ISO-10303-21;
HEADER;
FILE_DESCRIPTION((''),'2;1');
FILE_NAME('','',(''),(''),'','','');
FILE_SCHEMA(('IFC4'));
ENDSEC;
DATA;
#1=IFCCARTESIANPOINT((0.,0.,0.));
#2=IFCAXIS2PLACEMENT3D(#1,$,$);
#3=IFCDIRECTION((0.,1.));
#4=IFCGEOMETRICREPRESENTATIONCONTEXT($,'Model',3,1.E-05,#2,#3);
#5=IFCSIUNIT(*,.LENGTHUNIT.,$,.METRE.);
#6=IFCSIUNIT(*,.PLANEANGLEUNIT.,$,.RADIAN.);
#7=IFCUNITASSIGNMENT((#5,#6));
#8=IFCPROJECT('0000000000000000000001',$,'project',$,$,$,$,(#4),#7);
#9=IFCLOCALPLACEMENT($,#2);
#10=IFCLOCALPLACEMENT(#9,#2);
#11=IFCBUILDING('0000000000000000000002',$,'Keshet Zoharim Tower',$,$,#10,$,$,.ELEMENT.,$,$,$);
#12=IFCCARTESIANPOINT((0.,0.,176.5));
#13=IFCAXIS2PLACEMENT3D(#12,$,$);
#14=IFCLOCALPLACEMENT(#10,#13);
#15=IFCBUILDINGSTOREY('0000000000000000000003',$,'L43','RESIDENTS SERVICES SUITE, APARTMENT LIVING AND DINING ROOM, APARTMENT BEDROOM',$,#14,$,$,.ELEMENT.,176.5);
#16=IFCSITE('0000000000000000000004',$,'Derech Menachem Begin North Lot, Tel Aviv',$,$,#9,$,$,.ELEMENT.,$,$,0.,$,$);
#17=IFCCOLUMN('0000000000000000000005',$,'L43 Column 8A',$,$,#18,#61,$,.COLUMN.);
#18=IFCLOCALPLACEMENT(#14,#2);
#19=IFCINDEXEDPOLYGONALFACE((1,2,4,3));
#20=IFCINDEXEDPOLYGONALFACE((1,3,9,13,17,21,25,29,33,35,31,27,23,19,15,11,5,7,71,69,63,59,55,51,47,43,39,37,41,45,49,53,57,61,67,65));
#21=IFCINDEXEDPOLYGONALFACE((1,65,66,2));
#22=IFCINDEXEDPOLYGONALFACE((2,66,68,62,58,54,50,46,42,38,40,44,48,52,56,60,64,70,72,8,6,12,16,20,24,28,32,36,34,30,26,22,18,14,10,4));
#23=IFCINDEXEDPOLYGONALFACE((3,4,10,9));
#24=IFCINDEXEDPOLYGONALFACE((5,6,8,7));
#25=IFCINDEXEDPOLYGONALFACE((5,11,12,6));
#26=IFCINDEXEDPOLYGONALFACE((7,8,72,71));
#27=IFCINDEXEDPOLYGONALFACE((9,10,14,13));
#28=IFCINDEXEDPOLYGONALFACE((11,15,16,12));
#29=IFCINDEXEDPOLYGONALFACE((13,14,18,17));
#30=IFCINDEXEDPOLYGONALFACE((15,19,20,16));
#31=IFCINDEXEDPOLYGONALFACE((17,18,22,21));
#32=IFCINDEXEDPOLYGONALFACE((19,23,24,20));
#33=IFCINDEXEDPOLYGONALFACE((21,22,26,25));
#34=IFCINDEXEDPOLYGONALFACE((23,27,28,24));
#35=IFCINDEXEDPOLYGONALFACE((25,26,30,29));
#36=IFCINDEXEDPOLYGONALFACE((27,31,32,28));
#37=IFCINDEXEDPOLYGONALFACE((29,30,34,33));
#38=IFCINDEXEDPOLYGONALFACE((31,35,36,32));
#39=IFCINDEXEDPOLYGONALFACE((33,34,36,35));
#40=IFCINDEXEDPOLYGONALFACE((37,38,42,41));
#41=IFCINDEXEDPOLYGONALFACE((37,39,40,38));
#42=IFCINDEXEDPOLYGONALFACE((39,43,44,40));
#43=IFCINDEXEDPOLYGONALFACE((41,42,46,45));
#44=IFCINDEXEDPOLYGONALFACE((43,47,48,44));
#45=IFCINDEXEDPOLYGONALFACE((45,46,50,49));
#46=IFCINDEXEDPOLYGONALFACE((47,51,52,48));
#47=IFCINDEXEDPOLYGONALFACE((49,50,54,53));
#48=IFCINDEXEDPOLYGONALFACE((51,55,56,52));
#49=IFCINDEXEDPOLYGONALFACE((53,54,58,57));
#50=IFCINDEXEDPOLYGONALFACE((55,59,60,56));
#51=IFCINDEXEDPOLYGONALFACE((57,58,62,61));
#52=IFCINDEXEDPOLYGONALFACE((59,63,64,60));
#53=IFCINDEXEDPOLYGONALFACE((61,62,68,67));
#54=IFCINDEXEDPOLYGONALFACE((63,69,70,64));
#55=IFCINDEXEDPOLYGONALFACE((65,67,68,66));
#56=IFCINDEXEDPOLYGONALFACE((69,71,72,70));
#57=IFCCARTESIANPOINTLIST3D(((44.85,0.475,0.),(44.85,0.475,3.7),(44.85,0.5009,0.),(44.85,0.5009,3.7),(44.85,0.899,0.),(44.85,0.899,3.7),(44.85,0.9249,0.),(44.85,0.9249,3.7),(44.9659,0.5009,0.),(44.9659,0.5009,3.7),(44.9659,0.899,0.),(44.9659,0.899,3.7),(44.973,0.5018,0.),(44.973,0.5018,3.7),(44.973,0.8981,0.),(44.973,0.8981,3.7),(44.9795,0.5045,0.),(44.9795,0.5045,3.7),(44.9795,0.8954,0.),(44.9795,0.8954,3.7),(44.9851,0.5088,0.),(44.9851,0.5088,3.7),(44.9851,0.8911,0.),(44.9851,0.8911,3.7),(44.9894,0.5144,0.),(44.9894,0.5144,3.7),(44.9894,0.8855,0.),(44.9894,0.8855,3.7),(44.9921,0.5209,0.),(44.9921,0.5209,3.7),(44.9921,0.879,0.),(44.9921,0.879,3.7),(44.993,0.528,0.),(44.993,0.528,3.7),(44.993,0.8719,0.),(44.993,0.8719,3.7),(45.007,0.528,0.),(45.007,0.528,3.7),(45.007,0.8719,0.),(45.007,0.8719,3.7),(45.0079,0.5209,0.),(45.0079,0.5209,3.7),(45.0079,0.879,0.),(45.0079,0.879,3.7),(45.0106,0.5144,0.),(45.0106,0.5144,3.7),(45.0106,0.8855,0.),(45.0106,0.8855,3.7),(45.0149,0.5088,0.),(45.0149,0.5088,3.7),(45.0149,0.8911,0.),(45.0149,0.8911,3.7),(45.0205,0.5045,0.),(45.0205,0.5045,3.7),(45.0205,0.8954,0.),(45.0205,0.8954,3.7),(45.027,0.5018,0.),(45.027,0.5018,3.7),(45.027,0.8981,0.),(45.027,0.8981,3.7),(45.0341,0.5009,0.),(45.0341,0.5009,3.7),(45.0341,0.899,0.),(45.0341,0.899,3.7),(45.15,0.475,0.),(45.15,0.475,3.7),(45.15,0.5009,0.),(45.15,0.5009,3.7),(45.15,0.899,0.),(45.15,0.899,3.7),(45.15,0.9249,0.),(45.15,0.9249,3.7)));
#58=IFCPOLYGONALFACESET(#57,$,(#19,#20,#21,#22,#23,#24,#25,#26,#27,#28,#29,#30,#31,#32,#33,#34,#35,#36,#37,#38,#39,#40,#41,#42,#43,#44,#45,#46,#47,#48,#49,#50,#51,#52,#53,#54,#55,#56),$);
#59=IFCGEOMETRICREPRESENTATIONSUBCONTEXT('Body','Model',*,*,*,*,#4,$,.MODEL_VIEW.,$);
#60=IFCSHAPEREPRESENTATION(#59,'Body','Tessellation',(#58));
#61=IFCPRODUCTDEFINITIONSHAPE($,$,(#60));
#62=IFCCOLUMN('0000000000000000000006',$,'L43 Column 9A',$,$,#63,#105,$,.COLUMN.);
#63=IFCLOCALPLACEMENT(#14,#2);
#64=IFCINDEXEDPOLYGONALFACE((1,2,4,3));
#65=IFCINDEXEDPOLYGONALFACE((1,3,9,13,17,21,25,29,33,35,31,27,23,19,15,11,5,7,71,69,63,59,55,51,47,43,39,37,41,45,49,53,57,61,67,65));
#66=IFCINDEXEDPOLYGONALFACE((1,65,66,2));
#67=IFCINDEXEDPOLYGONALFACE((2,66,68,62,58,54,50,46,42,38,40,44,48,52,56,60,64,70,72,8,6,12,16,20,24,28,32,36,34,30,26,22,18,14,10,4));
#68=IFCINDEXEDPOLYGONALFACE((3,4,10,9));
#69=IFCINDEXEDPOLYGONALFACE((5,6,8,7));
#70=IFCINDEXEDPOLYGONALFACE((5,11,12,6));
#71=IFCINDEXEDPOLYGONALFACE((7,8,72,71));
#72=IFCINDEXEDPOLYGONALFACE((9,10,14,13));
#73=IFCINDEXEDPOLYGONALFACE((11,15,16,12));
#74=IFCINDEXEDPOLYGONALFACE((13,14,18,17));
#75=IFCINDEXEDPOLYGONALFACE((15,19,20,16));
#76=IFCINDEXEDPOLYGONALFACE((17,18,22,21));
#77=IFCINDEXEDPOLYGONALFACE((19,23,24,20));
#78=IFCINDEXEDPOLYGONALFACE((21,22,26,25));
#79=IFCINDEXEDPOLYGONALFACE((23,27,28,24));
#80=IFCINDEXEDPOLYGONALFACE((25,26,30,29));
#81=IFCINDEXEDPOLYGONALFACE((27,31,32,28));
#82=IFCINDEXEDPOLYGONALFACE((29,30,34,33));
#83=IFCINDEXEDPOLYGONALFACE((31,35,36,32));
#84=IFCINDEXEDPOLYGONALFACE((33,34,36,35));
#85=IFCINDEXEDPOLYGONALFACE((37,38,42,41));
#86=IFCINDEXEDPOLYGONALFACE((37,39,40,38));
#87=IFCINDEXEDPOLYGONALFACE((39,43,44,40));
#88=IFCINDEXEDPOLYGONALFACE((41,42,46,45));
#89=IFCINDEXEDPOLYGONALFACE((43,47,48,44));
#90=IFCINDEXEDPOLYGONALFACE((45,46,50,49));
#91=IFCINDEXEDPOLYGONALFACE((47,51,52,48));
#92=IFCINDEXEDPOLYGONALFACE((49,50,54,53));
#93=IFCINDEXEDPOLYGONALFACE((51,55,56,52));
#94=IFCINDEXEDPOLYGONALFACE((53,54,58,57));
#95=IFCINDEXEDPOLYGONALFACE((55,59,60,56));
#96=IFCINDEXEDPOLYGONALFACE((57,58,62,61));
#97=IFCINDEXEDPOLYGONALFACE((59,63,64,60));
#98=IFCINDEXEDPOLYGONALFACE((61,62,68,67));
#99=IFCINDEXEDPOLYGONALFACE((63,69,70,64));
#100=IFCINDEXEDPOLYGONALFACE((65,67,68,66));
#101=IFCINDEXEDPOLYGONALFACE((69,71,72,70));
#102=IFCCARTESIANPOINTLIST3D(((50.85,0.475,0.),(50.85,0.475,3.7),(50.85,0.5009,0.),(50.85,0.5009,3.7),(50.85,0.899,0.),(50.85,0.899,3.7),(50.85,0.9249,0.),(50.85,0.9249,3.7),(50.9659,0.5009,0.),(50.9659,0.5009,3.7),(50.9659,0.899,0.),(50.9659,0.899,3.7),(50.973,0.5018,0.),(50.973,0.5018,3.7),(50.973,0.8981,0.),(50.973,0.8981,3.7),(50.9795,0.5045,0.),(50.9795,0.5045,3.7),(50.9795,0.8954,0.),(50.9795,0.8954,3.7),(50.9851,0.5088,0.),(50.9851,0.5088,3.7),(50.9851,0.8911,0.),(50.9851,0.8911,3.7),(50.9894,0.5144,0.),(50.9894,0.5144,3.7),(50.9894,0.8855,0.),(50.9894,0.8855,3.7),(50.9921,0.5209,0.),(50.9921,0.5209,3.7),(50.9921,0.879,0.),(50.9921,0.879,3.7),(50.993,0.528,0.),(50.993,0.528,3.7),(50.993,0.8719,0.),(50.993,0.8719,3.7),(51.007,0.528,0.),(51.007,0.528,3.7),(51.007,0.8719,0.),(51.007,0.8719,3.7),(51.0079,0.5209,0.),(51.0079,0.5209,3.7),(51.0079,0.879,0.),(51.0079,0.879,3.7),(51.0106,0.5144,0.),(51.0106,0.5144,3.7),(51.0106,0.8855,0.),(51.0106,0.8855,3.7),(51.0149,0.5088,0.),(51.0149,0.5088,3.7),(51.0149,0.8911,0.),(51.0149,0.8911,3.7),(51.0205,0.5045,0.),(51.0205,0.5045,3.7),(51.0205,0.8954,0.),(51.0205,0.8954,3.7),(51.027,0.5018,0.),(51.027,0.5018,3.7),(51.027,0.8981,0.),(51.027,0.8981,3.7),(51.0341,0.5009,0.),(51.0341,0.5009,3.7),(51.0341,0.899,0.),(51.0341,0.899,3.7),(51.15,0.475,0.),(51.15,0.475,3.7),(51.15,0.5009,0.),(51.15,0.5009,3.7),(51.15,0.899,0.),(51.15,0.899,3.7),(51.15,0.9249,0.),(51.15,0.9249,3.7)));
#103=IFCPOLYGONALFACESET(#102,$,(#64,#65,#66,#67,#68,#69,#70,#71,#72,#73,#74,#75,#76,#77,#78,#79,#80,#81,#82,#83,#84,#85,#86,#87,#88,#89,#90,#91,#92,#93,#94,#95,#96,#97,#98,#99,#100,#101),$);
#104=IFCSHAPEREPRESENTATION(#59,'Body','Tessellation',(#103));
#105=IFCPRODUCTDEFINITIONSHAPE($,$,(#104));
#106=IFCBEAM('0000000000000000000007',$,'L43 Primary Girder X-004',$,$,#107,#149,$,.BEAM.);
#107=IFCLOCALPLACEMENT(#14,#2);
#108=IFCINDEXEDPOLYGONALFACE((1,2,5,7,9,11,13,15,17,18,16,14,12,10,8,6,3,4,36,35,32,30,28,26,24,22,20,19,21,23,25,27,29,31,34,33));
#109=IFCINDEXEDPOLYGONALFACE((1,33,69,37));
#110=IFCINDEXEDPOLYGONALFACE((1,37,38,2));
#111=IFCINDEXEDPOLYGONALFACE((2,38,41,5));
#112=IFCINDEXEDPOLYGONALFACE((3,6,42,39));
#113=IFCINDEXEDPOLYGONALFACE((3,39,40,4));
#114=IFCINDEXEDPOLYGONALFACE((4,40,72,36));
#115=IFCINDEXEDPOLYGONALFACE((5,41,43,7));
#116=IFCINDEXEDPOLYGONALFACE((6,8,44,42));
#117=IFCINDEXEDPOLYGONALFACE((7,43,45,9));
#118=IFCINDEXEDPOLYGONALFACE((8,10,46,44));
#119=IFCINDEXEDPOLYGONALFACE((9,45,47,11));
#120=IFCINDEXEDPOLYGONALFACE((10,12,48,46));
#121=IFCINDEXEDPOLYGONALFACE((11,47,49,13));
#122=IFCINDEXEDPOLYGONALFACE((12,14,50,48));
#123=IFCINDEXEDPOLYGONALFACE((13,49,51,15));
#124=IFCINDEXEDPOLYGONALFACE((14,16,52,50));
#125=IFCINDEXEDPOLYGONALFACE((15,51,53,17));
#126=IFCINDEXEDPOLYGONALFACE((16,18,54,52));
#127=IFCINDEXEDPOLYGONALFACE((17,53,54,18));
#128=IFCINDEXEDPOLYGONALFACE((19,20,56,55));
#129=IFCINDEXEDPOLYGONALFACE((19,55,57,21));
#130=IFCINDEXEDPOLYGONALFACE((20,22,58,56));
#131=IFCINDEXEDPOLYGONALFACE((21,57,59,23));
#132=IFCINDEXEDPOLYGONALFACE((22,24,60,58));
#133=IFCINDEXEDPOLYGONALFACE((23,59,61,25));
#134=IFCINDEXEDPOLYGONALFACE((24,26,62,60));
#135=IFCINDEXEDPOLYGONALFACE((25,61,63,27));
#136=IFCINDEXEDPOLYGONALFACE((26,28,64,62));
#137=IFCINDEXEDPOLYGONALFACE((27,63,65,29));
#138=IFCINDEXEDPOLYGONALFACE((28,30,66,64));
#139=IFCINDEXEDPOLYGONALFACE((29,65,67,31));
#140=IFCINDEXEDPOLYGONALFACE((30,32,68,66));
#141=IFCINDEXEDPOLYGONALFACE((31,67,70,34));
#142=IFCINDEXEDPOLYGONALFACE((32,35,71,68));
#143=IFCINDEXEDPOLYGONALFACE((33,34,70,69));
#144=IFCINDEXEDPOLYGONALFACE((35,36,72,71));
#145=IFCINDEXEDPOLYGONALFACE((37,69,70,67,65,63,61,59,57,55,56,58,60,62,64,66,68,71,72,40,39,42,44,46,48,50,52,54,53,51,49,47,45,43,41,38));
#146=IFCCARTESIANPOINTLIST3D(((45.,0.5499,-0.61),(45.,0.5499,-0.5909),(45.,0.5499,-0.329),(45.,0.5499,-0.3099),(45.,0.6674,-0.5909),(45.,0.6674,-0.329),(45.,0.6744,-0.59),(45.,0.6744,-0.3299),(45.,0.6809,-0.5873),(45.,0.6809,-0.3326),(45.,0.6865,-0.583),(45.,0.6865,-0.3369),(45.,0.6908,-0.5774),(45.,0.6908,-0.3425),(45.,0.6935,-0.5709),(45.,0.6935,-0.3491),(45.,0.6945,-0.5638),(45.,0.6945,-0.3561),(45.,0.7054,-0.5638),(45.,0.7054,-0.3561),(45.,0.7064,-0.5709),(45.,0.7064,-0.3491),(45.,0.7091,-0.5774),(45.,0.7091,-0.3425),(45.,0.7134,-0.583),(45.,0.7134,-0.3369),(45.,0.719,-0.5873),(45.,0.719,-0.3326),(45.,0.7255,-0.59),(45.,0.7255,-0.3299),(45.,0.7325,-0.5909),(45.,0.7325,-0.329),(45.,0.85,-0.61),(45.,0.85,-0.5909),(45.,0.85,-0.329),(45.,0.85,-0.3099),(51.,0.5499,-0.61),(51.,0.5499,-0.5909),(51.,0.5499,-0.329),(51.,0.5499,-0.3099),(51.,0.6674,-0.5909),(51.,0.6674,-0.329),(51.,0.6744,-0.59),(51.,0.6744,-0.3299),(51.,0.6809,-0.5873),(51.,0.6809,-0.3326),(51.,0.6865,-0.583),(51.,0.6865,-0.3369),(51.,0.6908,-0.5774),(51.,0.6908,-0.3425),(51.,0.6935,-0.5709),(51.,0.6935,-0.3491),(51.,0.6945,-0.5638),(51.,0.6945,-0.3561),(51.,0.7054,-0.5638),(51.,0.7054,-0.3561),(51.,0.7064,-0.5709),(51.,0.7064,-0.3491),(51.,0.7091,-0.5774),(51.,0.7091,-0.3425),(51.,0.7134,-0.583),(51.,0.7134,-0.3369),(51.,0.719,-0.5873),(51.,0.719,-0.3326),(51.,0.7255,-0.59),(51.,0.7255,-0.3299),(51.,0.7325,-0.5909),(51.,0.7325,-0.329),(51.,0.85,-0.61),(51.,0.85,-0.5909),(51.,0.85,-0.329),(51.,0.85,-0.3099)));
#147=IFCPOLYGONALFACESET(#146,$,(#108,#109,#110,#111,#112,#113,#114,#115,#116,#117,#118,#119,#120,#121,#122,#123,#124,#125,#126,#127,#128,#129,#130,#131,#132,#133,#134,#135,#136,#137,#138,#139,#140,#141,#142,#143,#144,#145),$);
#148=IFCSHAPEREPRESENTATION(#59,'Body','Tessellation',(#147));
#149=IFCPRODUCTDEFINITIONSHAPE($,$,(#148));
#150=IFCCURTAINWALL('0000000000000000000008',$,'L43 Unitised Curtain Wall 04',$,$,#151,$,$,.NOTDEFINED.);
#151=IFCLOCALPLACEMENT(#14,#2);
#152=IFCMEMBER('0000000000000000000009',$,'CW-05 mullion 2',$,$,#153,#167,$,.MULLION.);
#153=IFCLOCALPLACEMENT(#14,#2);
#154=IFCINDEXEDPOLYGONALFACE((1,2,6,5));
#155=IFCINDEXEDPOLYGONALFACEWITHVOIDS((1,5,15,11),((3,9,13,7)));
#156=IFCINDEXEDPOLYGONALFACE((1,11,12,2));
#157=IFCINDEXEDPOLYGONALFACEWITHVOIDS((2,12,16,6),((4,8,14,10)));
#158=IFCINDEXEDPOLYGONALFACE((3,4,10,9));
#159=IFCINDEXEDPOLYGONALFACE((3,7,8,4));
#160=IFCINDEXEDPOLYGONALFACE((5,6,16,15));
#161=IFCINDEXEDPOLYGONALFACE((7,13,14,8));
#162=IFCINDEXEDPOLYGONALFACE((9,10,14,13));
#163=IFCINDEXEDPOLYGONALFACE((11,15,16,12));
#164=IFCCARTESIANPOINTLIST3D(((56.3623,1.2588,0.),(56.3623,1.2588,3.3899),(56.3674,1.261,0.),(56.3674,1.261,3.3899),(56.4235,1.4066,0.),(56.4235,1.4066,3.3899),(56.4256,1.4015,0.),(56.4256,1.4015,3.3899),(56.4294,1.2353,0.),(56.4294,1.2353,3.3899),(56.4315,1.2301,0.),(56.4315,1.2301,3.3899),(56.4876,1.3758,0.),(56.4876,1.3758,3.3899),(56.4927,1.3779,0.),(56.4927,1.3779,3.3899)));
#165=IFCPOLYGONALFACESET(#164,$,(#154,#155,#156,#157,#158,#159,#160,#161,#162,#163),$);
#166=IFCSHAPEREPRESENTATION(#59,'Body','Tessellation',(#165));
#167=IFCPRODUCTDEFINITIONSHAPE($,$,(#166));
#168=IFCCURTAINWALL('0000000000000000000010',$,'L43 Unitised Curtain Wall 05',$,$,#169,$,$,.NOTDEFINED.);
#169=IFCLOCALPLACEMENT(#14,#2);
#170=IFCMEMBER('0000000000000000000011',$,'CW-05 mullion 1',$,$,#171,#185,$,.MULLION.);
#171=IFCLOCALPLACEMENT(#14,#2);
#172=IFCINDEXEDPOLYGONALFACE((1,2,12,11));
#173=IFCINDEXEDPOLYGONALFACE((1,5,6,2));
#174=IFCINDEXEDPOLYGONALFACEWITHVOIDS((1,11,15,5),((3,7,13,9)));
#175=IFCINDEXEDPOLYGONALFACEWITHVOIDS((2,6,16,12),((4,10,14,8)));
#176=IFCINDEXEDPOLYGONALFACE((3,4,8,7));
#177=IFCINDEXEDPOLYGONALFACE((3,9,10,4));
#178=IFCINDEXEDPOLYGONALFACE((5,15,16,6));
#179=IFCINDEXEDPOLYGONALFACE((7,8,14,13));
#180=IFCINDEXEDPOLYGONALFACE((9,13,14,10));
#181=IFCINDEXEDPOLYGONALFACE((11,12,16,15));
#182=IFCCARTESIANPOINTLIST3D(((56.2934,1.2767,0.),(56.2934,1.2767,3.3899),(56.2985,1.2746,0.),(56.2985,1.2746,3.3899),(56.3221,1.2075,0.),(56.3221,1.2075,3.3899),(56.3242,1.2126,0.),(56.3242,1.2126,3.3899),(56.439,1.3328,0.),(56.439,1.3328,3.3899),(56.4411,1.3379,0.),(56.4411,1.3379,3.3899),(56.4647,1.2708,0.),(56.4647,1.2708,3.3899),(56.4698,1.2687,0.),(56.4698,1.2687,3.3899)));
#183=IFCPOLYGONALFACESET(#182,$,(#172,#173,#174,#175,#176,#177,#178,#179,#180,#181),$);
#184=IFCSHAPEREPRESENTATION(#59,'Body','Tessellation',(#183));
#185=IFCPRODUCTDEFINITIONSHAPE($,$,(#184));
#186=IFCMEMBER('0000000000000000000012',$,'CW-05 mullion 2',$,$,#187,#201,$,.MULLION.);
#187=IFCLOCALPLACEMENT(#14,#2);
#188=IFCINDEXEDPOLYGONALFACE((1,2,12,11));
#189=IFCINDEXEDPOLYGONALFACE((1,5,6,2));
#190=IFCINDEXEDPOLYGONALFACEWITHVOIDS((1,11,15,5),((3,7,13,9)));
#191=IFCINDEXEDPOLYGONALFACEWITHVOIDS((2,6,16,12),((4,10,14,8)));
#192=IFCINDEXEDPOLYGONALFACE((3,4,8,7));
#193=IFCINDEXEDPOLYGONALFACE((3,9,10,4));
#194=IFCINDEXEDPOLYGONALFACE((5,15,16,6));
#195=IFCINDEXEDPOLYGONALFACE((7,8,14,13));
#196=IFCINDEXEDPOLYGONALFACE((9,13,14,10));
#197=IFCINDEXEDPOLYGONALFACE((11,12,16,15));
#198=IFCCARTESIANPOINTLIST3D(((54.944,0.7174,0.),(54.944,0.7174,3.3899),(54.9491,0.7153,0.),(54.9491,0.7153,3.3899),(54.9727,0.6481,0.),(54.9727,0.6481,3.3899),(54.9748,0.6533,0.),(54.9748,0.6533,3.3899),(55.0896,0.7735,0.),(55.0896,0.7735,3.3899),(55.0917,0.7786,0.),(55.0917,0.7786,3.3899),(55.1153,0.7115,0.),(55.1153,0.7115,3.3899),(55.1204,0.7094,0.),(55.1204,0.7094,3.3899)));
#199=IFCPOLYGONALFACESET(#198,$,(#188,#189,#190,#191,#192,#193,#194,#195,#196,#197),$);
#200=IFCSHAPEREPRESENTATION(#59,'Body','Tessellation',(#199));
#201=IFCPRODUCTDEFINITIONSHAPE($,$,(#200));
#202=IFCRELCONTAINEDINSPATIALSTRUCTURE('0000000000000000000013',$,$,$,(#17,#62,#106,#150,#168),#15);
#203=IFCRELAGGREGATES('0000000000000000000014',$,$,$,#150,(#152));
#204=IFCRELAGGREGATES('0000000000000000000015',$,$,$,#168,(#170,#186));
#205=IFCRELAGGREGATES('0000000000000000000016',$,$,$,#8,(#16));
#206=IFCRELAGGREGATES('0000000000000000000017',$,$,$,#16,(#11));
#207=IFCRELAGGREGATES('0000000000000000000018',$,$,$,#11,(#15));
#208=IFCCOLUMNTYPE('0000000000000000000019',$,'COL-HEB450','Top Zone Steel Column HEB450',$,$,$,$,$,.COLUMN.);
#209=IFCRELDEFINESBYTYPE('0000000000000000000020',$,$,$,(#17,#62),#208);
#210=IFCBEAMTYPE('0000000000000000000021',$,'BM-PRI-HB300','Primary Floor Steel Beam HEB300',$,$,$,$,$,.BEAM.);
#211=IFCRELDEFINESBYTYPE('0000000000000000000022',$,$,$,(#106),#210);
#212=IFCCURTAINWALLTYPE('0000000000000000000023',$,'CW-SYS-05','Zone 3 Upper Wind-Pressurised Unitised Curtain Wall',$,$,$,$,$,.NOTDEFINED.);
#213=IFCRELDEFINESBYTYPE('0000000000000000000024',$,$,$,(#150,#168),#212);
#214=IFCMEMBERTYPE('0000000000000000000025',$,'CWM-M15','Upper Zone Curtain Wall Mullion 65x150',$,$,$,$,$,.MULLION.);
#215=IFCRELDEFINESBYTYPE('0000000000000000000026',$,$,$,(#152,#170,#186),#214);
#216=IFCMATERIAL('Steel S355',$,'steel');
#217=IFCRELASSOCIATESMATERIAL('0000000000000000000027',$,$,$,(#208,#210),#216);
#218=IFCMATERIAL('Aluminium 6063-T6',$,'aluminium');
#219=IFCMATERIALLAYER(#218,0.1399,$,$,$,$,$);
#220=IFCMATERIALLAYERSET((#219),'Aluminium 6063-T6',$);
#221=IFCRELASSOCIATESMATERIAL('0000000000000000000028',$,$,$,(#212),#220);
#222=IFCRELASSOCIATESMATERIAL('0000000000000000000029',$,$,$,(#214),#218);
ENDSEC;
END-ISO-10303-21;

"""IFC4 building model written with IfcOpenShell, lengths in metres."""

from ifc_helpers import new_model, si_unit, direction, frame, origin, origin_2d, place, context, subcontext, project, spatial, hollow_rectangle, i_section, extrude, material, layer, layer_set, material_profile, profile_set, type_object, element, aggregate, save


model = new_model("IFC4")

# Units and contexts
model_context = context("Model", 3, precision=1e-05, world=origin(), true_north=direction((0.0, 1.0)))
body_context = subcontext(model_context, "Body", "Model", "MODEL_VIEW")
ifc_project = project(units=[si_unit("LENGTHUNIT", "METRE"), si_unit("PLANEANGLEUNIT", "RADIAN")], contexts=[model_context])

# Site, building, storey
site_placement = place(None, origin())
site = spatial("IfcSite", under=ifc_project, at=site_placement, Name="Derech Menachem Begin North Lot, Tel Aviv", CompositionType="ELEMENT", RefElevation=0.0)
building_placement = place(site_placement, origin())
building = spatial("IfcBuilding", under=site, at=building_placement, Name="Keshet Zoharim Tower", CompositionType="ELEMENT")
storey_placement = place(building_placement, frame((0.0, 0.0, 176.5)))
storey = spatial("IfcBuildingStorey", under=building, at=storey_placement, Name="L43", Description="RESIDENTS SERVICES SUITE, APARTMENT LIVING AND DINING ROOM, APARTMENT BEDROOM", CompositionType="ELEMENT", Elevation=176.5)

# Columns
ifc_material_1 = material(Name="Steel S355", Category="steel")
ifc_material_profile_1 = material_profile(ifc_material_1, i_section(OverallWidth=0.3, OverallDepth=0.45, WebThickness=0.0139, FlangeThickness=0.0259, FilletRadius=0.0271, at=origin_2d()), Name="HEB450")
ifc_profile_set_1 = profile_set([ifc_material_profile_1], Name="Steel S355")
column_type = type_object("IfcColumnType", Name="COL-HEB450", Description="Top Zone Steel Column HEB450", PredefinedType="COLUMN", material=ifc_profile_set_1)
for number, where, z_axis, x_axis, name in (
    (1, (45.0, 0.7, 0.0), (0.0, 0.0, 1.0), (1.0, 0.0, 0.0), "L43 Column 8A"),
    (2, (51.0, 0.7, 0.0), (0.0, 0.0, 1.0), (1.0, 0.0, 0.0), "L43 Column 9A"),
):
    element("IfcColumn", number, at=place(storey_placement, frame(where, z_axis=z_axis, x_axis=x_axis)), inside=storey, type_object=column_type, Name=name, PredefinedType="COLUMN", context=body_context, shape_type="SweptSolid", body=[
        extrude(i_section(OverallWidth=0.3, OverallDepth=0.45, WebThickness=0.0139, FlangeThickness=0.0259, FilletRadius=0.0271, at=origin_2d()), origin(), (0.0, 0.0, 1.0), 3.7),
    ])

# Beam
ifc_material_profile_2 = material_profile(ifc_material_1, i_section(OverallWidth=0.3, OverallDepth=0.3, WebThickness=0.011, FlangeThickness=0.019, FilletRadius=0.0271, at=origin_2d()), Name="HEB300")
ifc_profile_set_2 = profile_set([ifc_material_profile_2], Name="Steel S355")
beam_type = type_object("IfcBeamType", Name="BM-PRI-HB300", Description="Primary Floor Steel Beam HEB300", PredefinedType="BEAM", material=ifc_profile_set_2)
beam_placement = place(storey_placement, frame((45.0, 0.7, -0.46), z_axis=(1.0, 0.0, 0.0), x_axis=(0.0, 1.0, 0.0)))
element("IfcBeam", 3, at=beam_placement, inside=storey, type_object=beam_type, Name="L43 Primary Girder X-004", PredefinedType="BEAM", context=body_context, shape_type="SweptSolid", body=[
    extrude(i_section(OverallWidth=0.3, OverallDepth=0.3, WebThickness=0.011, FlangeThickness=0.019, FilletRadius=0.0271, at=origin_2d()), origin(), (0.0, 0.0, 1.0), 6.0),
])

# Curtain wall, member
ifc_material_2 = material(Name="Aluminium 6063-T6", Category="aluminium")
ifc_layer_1 = layer(ifc_material_2, 0.1399)
ifc_layer_set_1 = layer_set([ifc_layer_1], Name="Aluminium 6063-T6")
curtain_wall_type = type_object("IfcCurtainWallType", Name="CW-SYS-05", Description="Zone 3 Upper Wind-Pressurised Unitised Curtain Wall", PredefinedType="NOTDEFINED", material=ifc_layer_set_1)
curtain_wall_1_placement = place(storey_placement, origin())
curtain_wall_1 = element("IfcCurtainWall", 4, at=curtain_wall_1_placement, inside=storey, type_object=curtain_wall_type, Name="L43 Unitised Curtain Wall 04", PredefinedType="NOTDEFINED")
ifc_material_profile_3 = material_profile(ifc_material_2, hollow_rectangle(XDim=0.075, YDim=0.1599, WallThickness=0.0039, at=origin_2d()), Name="MUL-75x160")
ifc_profile_set_3 = profile_set([ifc_material_profile_3], Name="Aluminium 6063-T6")
member_type_1 = type_object("IfcMemberType", Name="CWM-M15", Description="Upper Zone Curtain Wall Mullion 65x150", PredefinedType="MULLION", material=ifc_profile_set_3)
member_1_placement = place(storey_placement, frame((56.4275, 1.3184, 0.0), z_axis=(0.0, 0.0, 1.0), x_axis=(0.92381, -0.382852, 0.0)))
member_1 = element("IfcMember", 5, at=member_1_placement, type_object=member_type_1, Name="CW-05 mullion 2", PredefinedType="MULLION", context=body_context, shape_type="SweptSolid", body=[
    extrude(hollow_rectangle(XDim=0.075, YDim=0.1599, WallThickness=0.0039, at=origin_2d()), origin(), (0.0, 0.0, 1.0), 3.3899),
])

# Curtain wall, members
curtain_wall_2_placement = place(storey_placement, origin())
curtain_wall_2 = element("IfcCurtainWall", 6, at=curtain_wall_2_placement, inside=storey, type_object=curtain_wall_type, Name="L43 Unitised Curtain Wall 05", PredefinedType="NOTDEFINED")
member_2_placement = place(storey_placement, frame((56.3816, 1.2727, 0.0), z_axis=(0.0, 0.0, 1.0), x_axis=(0.382852, -0.92381, 0.0)))
member_2 = element("IfcMember", 7, at=member_2_placement, type_object=member_type_1, Name="CW-05 mullion 1", PredefinedType="MULLION", context=body_context, shape_type="SweptSolid", body=[
    extrude(hollow_rectangle(XDim=0.075, YDim=0.1599, WallThickness=0.0039, at=origin_2d()), origin(), (0.0, 0.0, 1.0), 3.3899),
])
member_3_placement = place(storey_placement, frame((55.0322, 0.7134, 0.0), z_axis=(0.0, 0.0, 1.0), x_axis=(0.382852, -0.92381, 0.0)))
member_3 = element("IfcMember", 8, at=member_3_placement, type_object=member_type_1, Name="CW-05 mullion 2", PredefinedType="MULLION", context=body_context, shape_type="SweptSolid", body=[
    extrude(hollow_rectangle(XDim=0.075, YDim=0.1599, WallThickness=0.0039, at=origin_2d()), origin(), (0.0, 0.0, 1.0), 3.3899),
])

aggregate(curtain_wall_1, [member_1])
aggregate(curtain_wall_2, [member_2, member_3])

save(model, "model.ifc")
